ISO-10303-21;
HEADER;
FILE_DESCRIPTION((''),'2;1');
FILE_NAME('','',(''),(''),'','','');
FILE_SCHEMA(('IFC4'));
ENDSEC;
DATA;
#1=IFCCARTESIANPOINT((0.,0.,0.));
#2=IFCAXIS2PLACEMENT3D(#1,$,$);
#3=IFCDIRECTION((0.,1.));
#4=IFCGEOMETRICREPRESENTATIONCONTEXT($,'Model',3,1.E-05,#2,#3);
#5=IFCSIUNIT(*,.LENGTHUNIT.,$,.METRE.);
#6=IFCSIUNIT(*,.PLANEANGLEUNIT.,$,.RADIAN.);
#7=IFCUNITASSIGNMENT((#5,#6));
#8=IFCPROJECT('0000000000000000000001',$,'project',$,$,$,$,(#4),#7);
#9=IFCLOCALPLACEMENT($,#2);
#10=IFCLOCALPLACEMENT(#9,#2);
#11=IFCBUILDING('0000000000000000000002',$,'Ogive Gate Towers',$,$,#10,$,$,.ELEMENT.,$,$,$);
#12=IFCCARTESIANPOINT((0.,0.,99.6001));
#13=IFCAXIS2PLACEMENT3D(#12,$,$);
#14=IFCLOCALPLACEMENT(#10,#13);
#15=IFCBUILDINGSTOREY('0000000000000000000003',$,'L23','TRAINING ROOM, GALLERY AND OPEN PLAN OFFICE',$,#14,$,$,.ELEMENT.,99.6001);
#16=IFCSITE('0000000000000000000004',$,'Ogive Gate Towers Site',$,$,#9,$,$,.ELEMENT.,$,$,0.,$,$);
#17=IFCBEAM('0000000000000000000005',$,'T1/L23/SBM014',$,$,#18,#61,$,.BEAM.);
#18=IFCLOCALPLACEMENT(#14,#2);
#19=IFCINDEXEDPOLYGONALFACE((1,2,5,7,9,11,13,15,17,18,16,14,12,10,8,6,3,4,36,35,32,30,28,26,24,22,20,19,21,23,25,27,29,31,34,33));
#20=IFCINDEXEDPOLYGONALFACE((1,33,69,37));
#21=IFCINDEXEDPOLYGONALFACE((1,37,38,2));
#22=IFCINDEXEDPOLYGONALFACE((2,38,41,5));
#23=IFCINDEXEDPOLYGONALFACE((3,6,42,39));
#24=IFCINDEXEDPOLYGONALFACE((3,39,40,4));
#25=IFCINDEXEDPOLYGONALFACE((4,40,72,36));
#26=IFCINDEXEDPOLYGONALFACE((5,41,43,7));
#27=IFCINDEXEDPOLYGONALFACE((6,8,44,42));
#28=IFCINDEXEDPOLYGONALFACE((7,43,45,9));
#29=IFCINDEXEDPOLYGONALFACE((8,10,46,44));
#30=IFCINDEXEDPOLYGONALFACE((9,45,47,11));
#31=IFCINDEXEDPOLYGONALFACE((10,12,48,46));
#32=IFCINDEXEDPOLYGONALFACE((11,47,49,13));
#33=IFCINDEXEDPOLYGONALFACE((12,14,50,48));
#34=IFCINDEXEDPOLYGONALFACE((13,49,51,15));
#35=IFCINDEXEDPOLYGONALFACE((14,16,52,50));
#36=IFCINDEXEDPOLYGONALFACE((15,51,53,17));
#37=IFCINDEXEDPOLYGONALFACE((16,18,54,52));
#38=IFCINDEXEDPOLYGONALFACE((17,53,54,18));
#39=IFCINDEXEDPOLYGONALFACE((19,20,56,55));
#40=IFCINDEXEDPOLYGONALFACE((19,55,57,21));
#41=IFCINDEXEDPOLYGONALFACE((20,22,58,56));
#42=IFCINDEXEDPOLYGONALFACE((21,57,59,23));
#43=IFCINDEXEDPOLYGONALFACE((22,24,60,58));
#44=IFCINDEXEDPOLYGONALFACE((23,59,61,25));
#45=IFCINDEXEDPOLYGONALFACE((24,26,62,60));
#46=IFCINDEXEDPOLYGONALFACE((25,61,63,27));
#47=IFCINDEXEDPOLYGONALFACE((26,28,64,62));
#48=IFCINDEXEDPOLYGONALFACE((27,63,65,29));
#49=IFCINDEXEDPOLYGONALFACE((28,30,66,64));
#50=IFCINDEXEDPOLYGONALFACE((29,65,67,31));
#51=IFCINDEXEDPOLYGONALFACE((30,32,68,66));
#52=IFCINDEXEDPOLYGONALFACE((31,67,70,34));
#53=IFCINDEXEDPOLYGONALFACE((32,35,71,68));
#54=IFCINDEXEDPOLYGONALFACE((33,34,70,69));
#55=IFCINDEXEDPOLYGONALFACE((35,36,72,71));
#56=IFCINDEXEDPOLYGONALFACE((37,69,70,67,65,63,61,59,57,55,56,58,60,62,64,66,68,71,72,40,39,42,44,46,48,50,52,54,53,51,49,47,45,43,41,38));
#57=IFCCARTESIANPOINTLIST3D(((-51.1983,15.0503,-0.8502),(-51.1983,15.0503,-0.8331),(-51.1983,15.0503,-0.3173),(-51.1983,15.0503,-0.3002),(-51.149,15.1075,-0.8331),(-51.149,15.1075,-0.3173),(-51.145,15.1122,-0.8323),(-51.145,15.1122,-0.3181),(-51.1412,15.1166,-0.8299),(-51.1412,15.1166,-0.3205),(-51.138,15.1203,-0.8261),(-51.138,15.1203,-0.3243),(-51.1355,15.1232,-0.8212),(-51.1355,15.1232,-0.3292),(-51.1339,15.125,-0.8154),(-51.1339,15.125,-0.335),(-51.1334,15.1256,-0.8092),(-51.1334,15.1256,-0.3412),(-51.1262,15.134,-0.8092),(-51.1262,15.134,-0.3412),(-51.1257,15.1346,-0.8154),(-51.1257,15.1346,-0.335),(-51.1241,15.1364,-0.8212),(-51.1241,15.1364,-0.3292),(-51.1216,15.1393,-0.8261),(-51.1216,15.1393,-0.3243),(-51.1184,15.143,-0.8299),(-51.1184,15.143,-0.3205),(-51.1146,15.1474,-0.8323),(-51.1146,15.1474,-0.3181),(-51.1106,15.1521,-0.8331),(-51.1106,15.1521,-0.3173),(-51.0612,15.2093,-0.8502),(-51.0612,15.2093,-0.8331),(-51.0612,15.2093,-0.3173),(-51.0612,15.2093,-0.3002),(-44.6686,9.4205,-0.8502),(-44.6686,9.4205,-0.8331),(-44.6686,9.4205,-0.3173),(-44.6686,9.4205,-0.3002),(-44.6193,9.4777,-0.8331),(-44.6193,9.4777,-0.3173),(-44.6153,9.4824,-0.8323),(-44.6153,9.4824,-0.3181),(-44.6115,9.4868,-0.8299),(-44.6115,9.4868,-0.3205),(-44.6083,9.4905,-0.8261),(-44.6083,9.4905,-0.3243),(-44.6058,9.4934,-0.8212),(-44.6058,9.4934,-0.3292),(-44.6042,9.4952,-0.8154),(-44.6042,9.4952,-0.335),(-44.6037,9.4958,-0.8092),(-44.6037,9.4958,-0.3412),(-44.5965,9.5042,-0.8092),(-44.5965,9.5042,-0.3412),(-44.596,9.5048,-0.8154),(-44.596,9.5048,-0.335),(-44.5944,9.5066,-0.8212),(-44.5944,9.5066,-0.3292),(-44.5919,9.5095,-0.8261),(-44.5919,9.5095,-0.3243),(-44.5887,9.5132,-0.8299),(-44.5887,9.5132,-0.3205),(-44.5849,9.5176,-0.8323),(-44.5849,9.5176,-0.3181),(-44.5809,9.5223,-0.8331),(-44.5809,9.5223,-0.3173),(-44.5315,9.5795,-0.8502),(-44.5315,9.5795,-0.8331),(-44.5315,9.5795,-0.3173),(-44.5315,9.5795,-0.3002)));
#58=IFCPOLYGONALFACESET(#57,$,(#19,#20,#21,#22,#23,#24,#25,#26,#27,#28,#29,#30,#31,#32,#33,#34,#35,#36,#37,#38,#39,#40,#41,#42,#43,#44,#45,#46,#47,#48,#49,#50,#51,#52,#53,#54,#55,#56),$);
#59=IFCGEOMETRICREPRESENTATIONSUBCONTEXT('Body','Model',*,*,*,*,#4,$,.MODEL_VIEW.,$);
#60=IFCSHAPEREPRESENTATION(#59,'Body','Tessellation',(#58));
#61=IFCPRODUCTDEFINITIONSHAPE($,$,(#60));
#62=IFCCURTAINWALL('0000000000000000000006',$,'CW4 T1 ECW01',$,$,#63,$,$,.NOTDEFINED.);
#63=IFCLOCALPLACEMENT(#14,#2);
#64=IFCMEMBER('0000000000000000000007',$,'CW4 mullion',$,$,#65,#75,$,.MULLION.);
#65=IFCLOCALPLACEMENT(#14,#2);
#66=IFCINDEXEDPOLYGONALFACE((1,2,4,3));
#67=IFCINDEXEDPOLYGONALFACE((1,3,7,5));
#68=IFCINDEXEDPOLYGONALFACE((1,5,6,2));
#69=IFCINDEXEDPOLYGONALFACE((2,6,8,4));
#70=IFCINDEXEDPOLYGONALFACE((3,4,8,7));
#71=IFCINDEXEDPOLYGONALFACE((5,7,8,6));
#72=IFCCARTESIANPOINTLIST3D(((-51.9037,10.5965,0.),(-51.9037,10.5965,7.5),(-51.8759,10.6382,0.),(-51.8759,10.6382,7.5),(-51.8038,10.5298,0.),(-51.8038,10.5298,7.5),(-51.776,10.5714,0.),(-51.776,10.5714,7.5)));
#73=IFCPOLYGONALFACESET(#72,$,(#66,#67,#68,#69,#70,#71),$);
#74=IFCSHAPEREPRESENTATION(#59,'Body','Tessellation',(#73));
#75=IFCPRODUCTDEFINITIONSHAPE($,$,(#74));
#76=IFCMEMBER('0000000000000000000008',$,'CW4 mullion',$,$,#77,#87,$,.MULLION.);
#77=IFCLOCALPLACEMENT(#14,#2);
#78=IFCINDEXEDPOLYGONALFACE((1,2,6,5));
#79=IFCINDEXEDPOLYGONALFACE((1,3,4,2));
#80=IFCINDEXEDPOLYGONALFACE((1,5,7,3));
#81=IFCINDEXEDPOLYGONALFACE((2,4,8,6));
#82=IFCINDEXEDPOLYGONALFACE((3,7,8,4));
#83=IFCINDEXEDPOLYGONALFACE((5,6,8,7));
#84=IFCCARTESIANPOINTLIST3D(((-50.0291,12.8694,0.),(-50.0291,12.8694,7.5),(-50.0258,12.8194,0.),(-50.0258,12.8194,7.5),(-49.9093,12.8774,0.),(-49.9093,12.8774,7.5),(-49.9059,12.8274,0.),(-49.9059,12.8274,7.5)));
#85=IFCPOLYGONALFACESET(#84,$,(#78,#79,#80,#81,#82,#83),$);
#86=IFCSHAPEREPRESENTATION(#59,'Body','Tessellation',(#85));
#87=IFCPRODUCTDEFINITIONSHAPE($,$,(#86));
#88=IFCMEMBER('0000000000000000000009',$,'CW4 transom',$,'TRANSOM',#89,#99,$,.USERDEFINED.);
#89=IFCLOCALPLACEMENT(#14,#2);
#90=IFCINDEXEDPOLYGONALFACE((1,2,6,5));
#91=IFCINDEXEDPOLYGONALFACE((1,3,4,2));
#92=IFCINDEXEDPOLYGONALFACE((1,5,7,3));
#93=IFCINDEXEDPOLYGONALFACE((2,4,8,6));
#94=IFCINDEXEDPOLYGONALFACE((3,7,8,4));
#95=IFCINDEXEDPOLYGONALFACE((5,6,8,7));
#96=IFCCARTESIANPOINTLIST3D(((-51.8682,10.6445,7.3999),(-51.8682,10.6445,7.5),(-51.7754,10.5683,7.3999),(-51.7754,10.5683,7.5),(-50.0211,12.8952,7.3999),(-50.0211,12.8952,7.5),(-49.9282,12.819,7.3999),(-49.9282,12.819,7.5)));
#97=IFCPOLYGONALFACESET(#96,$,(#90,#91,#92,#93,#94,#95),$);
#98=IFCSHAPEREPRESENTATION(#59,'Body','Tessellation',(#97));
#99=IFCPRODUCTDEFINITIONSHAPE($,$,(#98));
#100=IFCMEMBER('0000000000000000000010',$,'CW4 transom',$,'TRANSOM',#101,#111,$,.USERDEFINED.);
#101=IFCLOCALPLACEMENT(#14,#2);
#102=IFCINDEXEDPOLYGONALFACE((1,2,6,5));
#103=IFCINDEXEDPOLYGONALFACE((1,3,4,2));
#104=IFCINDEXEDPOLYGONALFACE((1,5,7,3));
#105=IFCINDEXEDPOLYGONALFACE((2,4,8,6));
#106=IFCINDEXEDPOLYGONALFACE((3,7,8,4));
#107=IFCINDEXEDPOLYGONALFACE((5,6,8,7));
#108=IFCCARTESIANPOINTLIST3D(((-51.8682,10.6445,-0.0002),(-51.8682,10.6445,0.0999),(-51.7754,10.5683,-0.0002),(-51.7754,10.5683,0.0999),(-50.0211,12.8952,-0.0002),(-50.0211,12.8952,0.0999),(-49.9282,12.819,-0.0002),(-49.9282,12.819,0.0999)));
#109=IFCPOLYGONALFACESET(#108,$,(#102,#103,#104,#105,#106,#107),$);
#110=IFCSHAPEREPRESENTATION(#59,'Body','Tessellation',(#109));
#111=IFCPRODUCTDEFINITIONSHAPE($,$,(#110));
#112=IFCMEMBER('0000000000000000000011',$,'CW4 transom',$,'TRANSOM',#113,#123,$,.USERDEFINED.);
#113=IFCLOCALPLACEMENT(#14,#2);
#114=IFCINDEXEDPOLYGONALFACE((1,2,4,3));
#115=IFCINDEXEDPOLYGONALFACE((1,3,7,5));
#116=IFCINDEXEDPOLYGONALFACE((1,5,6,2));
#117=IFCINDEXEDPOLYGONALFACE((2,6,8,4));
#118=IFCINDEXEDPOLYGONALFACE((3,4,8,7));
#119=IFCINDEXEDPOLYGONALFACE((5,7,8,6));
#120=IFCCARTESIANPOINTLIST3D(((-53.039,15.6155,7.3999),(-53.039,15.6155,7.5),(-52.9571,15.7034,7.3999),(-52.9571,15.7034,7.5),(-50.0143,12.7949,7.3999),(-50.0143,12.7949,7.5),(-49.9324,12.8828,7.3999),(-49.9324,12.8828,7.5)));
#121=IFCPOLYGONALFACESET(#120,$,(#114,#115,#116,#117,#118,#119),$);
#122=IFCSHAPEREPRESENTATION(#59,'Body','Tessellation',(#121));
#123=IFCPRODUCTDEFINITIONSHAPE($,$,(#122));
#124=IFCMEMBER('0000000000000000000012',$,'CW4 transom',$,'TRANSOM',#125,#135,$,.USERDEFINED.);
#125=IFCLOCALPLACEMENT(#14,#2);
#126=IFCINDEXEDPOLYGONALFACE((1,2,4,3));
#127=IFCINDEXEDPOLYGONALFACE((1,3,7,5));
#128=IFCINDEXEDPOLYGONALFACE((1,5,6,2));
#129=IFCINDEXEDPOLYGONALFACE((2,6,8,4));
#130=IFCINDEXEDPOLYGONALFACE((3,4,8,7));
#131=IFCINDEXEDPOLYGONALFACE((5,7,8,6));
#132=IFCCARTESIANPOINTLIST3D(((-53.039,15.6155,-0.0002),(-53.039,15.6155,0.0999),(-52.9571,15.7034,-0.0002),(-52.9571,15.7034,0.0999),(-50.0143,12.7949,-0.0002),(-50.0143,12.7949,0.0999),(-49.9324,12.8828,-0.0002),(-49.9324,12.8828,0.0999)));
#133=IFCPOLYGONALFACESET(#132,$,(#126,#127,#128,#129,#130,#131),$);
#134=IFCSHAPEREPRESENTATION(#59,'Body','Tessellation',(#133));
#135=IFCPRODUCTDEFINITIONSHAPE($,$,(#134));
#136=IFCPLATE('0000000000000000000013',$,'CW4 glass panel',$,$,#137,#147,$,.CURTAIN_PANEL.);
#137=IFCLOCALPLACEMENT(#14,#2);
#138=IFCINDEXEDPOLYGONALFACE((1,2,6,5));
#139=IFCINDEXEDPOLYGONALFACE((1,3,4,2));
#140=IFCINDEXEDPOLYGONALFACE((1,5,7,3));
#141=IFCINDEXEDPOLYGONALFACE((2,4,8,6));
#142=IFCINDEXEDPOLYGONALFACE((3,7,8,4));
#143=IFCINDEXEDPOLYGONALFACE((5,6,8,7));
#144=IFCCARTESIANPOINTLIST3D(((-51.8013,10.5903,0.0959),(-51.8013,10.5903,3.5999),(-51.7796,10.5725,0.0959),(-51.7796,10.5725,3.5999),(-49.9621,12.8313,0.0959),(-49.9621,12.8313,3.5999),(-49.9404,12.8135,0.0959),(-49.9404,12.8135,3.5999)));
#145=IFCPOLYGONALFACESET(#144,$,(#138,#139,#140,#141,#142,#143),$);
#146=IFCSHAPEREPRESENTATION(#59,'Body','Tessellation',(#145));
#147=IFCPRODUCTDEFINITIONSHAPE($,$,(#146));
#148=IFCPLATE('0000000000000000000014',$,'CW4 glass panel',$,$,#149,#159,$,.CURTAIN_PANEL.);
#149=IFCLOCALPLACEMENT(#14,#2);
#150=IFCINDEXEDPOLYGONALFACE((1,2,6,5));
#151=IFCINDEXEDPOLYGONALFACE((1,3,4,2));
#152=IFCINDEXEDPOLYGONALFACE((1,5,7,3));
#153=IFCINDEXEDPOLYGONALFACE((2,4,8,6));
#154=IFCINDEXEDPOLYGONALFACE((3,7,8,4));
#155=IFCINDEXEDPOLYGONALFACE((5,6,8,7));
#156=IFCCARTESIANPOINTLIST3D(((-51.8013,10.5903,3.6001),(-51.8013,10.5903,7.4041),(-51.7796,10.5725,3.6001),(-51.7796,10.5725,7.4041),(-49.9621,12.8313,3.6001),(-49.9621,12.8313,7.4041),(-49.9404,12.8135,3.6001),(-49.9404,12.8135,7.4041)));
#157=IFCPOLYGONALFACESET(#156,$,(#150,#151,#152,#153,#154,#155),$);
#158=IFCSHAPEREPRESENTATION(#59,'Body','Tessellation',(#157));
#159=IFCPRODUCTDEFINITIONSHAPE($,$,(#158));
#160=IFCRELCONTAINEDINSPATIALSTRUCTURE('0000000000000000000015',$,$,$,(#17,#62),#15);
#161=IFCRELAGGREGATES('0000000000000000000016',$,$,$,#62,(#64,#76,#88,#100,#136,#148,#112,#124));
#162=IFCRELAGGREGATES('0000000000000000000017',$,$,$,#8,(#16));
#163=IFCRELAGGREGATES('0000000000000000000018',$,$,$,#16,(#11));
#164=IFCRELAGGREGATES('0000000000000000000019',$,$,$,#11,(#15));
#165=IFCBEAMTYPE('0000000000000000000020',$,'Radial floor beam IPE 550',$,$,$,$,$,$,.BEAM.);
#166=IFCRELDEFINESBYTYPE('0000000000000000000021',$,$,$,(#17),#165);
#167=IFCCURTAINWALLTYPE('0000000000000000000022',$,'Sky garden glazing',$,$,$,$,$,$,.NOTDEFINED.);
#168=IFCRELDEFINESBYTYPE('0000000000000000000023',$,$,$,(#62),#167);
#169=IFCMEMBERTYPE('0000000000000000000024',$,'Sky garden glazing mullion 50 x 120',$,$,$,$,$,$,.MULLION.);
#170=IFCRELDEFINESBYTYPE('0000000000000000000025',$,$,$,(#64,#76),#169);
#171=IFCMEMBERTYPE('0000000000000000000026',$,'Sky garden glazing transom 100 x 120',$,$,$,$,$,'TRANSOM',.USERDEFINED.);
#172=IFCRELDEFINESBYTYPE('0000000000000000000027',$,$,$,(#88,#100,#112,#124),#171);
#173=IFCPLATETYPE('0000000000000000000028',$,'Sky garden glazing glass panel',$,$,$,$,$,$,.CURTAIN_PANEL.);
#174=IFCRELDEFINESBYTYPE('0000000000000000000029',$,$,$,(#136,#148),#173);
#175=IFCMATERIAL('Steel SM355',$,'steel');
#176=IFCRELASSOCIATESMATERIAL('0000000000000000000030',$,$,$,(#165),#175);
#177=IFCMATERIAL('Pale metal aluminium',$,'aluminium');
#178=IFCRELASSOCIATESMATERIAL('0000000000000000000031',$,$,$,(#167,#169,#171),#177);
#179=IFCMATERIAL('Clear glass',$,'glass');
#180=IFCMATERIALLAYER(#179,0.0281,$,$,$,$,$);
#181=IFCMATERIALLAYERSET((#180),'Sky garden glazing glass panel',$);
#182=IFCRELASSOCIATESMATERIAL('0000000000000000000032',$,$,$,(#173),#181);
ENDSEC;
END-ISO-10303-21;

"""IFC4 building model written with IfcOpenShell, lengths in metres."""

from ifc_helpers import new_model, si_unit, direction, frame, origin, origin_2d, place, context, subcontext, project, spatial, rectangle, i_section, extrude, material, layer, layer_set, material_profile, profile_set, type_object, element, aggregate, save


model = new_model("IFC4")

# Units and contexts
model_context = context("Model", 3, precision=1e-05, world=origin(), true_north=direction((0.0, 1.0)))
body_context = subcontext(model_context, "Body", "Model", "MODEL_VIEW")
ifc_project = project(units=[si_unit("LENGTHUNIT", "METRE"), si_unit("PLANEANGLEUNIT", "RADIAN")], contexts=[model_context])

# Site, building, storey
site_placement = place(None, origin())
site = spatial("IfcSite", under=ifc_project, at=site_placement, Name="Ogive Gate Towers Site", CompositionType="ELEMENT", RefElevation=0.0)
building_placement = place(site_placement, origin())
building = spatial("IfcBuilding", under=site, at=building_placement, Name="Ogive Gate Towers", CompositionType="ELEMENT")
storey_placement = place(building_placement, frame((0.0, 0.0, 99.6001)))
storey = spatial("IfcBuildingStorey", under=building, at=storey_placement, Name="L23", Description="TRAINING ROOM, GALLERY AND OPEN PLAN OFFICE", CompositionType="ELEMENT", Elevation=99.6001)

# Beam
ifc_material_1 = material(Name="Steel SM355", Category="steel")
ifc_material_profile_1 = material_profile(ifc_material_1, i_section(OverallWidth=0.21, OverallDepth=0.55, WebThickness=0.011, FlangeThickness=0.0171, FilletRadius=0.0239, at=origin_2d()), Name="IPE 550")
ifc_profile_set_1 = profile_set([ifc_material_profile_1], Name="Steel SM355")
beam_type = type_object("IfcBeamType", Name="Radial floor beam IPE 550", PredefinedType="BEAM", material=ifc_profile_set_1)
beam_placement = place(storey_placement, frame((-44.6001, 9.5, -0.5752), z_axis=(-0.757366, 0.65299, 0.0), x_axis=(-0.65299, -0.757366, 0.0)))
element("IfcBeam", 1, at=beam_placement, inside=storey, type_object=beam_type, Name="T1/L23/SBM014", PredefinedType="BEAM", context=body_context, shape_type="SweptSolid", body=[
    extrude(i_section(OverallWidth=0.21, OverallDepth=0.55, WebThickness=0.011, FlangeThickness=0.0171, FilletRadius=0.0239, at=origin_2d()), origin(), (0.0, 0.0, 1.0), 8.6216),
])

# Curtain wall, members, plates
ifc_material_2 = material(Name="Pale metal aluminium", Category="aluminium")
curtain_wall_type = type_object("IfcCurtainWallType", Name="Sky garden glazing", PredefinedType="NOTDEFINED", material=ifc_material_2)
curtain_wall_placement = place(storey_placement, origin())
curtain_wall = element("IfcCurtainWall", 2, at=curtain_wall_placement, inside=storey, type_object=curtain_wall_type, Name="CW4 T1 ECW01", PredefinedType="NOTDEFINED")
ifc_material_profile_2 = material_profile(ifc_material_2, rectangle(XDim=0.1201, YDim=0.05, at=origin_2d()), Name="50 x 120 aluminium box")
ifc_profile_set_2 = profile_set([ifc_material_profile_2], Name="Pale metal aluminium")
member_type_1 = type_object("IfcMemberType", Name="Sky garden glazing mullion 50 x 120", PredefinedType="MULLION", material=ifc_profile_set_2)
member_1_placement = place(storey_placement, frame((-51.8398, 10.584, 0.0), z_axis=(0.0, 0.0, 1.0), x_axis=(0.83147, -0.55557, 0.0)))
member_1 = element("IfcMember", 3, at=member_1_placement, type_object=member_type_1, Name="CW4 mullion", PredefinedType="MULLION", context=body_context, shape_type="SweptSolid", body=[
    extrude(rectangle(XDim=0.1201, YDim=0.05, at=origin_2d()), origin(), (0.0, 0.0, 1.0), 7.5),
])
member_2_placement = place(storey_placement, frame((-49.9675, 12.8484, 0.0), z_axis=(0.0, 0.0, 1.0), x_axis=(0.997788, 0.066483, 0.0)))
member_2 = element("IfcMember", 4, at=member_2_placement, type_object=member_type_1, Name="CW4 mullion", PredefinedType="MULLION", context=body_context, shape_type="SweptSolid", body=[
    extrude(rectangle(XDim=0.1201, YDim=0.05, at=origin_2d()), origin(), (0.0, 0.0, 1.0), 7.5),
])
ifc_material_profile_3 = material_profile(ifc_material_2, rectangle(XDim=0.1201, YDim=0.1001, at=origin_2d()), Name="100 x 120 aluminium box")
ifc_profile_set_3 = profile_set([ifc_material_profile_3], Name="Pale metal aluminium")
member_type_2 = type_object("IfcMemberType", Name="Sky garden glazing transom 100 x 120", ElementType="TRANSOM", PredefinedType="USERDEFINED", material=ifc_profile_set_3)
member_3_placement = place(storey_placement, frame((-51.8218, 10.6064, 7.45), z_axis=(0.634401, 0.773004, 0.0), x_axis=(-0.773004, 0.634401, 0.0)))
member_3 = element("IfcMember", 5, at=member_3_placement, type_object=member_type_2, Name="CW4 transom", ObjectType="TRANSOM", PredefinedType="USERDEFINED", context=body_context, shape_type="SweptSolid", body=[
    extrude(rectangle(XDim=0.1201, YDim=0.1001, at=origin_2d()), origin(), (0.0, 0.0, 1.0), 2.9116),
])
member_4_placement = place(storey_placement, frame((-51.8218, 10.6064, 0.0498), z_axis=(0.634401, 0.773004, 0.0), x_axis=(-0.773004, 0.634401, 0.0)))
member_4 = element("IfcMember", 6, at=member_4_placement, type_object=member_type_2, Name="CW4 transom", ObjectType="TRANSOM", PredefinedType="USERDEFINED", context=body_context, shape_type="SweptSolid", body=[
    extrude(rectangle(XDim=0.1201, YDim=0.1001, at=origin_2d()), origin(), (0.0, 0.0, 1.0), 2.9116),
])
member_5_placement = place(storey_placement, frame((-49.9734, 12.8389, 7.45), z_axis=(-0.731352, 0.682001, 0.0), x_axis=(-0.682001, -0.731352, 0.0)))
member_5 = element("IfcMember", 7, at=member_5_placement, type_object=member_type_2, Name="CW4 transom", ObjectType="TRANSOM", PredefinedType="USERDEFINED", context=body_context, shape_type="SweptSolid", body=[
    extrude(rectangle(XDim=0.1201, YDim=0.1001, at=origin_2d()), origin(), (0.0, 0.0, 1.0), 4.1357),
])
member_6_placement = place(storey_placement, frame((-49.9734, 12.8389, 0.0498), z_axis=(-0.731352, 0.682001, 0.0), x_axis=(-0.682001, -0.731352, 0.0)))
member_6 = element("IfcMember", 8, at=member_6_placement, type_object=member_type_2, Name="CW4 transom", ObjectType="TRANSOM", PredefinedType="USERDEFINED", context=body_context, shape_type="SweptSolid", body=[
    extrude(rectangle(XDim=0.1201, YDim=0.1001, at=origin_2d()), origin(), (0.0, 0.0, 1.0), 4.1357),
])
ifc_material_3 = material(Name="Clear glass", Category="glass")
ifc_layer_1 = layer(ifc_material_3, 0.0281)
ifc_layer_set_1 = layer_set([ifc_layer_1], Name="Sky garden glazing glass panel")
plate_type = type_object("IfcPlateType", Name="Sky garden glazing glass panel", PredefinedType="CURTAIN_PANEL", material=ifc_layer_set_1)
plate_1_placement = place(storey_placement, frame((-50.8708, 11.7019, 0.0959), z_axis=(0.0, 0.0, 1.0), x_axis=(0.634407, 0.772999, 0.0)))
plate_1 = element("IfcPlate", 9, at=plate_1_placement, type_object=plate_type, Name="CW4 glass panel", PredefinedType="CURTAIN_PANEL", context=body_context, shape_type="SweptSolid", body=[
    extrude(rectangle(XDim=2.8992, YDim=0.0281, at=origin_2d()), origin(), (0.0, 0.0, 1.0), 3.5039),
])
plate_2_placement = place(storey_placement, frame((-50.8708, 11.7019, 3.6001), z_axis=(0.0, 0.0, 1.0), x_axis=(0.634407, 0.772999, 0.0)))
plate_2 = element("IfcPlate", 10, at=plate_2_placement, type_object=plate_type, Name="CW4 glass panel", PredefinedType="CURTAIN_PANEL", context=body_context, shape_type="SweptSolid", body=[
    extrude(rectangle(XDim=2.8992, YDim=0.0281, at=origin_2d()), origin(), (0.0, 0.0, 1.0), 3.804),
])
aggregate(curtain_wall, [member_1, member_2, member_3, member_4, plate_1, plate_2, member_5, member_6])

save(model, "model.ifc")
